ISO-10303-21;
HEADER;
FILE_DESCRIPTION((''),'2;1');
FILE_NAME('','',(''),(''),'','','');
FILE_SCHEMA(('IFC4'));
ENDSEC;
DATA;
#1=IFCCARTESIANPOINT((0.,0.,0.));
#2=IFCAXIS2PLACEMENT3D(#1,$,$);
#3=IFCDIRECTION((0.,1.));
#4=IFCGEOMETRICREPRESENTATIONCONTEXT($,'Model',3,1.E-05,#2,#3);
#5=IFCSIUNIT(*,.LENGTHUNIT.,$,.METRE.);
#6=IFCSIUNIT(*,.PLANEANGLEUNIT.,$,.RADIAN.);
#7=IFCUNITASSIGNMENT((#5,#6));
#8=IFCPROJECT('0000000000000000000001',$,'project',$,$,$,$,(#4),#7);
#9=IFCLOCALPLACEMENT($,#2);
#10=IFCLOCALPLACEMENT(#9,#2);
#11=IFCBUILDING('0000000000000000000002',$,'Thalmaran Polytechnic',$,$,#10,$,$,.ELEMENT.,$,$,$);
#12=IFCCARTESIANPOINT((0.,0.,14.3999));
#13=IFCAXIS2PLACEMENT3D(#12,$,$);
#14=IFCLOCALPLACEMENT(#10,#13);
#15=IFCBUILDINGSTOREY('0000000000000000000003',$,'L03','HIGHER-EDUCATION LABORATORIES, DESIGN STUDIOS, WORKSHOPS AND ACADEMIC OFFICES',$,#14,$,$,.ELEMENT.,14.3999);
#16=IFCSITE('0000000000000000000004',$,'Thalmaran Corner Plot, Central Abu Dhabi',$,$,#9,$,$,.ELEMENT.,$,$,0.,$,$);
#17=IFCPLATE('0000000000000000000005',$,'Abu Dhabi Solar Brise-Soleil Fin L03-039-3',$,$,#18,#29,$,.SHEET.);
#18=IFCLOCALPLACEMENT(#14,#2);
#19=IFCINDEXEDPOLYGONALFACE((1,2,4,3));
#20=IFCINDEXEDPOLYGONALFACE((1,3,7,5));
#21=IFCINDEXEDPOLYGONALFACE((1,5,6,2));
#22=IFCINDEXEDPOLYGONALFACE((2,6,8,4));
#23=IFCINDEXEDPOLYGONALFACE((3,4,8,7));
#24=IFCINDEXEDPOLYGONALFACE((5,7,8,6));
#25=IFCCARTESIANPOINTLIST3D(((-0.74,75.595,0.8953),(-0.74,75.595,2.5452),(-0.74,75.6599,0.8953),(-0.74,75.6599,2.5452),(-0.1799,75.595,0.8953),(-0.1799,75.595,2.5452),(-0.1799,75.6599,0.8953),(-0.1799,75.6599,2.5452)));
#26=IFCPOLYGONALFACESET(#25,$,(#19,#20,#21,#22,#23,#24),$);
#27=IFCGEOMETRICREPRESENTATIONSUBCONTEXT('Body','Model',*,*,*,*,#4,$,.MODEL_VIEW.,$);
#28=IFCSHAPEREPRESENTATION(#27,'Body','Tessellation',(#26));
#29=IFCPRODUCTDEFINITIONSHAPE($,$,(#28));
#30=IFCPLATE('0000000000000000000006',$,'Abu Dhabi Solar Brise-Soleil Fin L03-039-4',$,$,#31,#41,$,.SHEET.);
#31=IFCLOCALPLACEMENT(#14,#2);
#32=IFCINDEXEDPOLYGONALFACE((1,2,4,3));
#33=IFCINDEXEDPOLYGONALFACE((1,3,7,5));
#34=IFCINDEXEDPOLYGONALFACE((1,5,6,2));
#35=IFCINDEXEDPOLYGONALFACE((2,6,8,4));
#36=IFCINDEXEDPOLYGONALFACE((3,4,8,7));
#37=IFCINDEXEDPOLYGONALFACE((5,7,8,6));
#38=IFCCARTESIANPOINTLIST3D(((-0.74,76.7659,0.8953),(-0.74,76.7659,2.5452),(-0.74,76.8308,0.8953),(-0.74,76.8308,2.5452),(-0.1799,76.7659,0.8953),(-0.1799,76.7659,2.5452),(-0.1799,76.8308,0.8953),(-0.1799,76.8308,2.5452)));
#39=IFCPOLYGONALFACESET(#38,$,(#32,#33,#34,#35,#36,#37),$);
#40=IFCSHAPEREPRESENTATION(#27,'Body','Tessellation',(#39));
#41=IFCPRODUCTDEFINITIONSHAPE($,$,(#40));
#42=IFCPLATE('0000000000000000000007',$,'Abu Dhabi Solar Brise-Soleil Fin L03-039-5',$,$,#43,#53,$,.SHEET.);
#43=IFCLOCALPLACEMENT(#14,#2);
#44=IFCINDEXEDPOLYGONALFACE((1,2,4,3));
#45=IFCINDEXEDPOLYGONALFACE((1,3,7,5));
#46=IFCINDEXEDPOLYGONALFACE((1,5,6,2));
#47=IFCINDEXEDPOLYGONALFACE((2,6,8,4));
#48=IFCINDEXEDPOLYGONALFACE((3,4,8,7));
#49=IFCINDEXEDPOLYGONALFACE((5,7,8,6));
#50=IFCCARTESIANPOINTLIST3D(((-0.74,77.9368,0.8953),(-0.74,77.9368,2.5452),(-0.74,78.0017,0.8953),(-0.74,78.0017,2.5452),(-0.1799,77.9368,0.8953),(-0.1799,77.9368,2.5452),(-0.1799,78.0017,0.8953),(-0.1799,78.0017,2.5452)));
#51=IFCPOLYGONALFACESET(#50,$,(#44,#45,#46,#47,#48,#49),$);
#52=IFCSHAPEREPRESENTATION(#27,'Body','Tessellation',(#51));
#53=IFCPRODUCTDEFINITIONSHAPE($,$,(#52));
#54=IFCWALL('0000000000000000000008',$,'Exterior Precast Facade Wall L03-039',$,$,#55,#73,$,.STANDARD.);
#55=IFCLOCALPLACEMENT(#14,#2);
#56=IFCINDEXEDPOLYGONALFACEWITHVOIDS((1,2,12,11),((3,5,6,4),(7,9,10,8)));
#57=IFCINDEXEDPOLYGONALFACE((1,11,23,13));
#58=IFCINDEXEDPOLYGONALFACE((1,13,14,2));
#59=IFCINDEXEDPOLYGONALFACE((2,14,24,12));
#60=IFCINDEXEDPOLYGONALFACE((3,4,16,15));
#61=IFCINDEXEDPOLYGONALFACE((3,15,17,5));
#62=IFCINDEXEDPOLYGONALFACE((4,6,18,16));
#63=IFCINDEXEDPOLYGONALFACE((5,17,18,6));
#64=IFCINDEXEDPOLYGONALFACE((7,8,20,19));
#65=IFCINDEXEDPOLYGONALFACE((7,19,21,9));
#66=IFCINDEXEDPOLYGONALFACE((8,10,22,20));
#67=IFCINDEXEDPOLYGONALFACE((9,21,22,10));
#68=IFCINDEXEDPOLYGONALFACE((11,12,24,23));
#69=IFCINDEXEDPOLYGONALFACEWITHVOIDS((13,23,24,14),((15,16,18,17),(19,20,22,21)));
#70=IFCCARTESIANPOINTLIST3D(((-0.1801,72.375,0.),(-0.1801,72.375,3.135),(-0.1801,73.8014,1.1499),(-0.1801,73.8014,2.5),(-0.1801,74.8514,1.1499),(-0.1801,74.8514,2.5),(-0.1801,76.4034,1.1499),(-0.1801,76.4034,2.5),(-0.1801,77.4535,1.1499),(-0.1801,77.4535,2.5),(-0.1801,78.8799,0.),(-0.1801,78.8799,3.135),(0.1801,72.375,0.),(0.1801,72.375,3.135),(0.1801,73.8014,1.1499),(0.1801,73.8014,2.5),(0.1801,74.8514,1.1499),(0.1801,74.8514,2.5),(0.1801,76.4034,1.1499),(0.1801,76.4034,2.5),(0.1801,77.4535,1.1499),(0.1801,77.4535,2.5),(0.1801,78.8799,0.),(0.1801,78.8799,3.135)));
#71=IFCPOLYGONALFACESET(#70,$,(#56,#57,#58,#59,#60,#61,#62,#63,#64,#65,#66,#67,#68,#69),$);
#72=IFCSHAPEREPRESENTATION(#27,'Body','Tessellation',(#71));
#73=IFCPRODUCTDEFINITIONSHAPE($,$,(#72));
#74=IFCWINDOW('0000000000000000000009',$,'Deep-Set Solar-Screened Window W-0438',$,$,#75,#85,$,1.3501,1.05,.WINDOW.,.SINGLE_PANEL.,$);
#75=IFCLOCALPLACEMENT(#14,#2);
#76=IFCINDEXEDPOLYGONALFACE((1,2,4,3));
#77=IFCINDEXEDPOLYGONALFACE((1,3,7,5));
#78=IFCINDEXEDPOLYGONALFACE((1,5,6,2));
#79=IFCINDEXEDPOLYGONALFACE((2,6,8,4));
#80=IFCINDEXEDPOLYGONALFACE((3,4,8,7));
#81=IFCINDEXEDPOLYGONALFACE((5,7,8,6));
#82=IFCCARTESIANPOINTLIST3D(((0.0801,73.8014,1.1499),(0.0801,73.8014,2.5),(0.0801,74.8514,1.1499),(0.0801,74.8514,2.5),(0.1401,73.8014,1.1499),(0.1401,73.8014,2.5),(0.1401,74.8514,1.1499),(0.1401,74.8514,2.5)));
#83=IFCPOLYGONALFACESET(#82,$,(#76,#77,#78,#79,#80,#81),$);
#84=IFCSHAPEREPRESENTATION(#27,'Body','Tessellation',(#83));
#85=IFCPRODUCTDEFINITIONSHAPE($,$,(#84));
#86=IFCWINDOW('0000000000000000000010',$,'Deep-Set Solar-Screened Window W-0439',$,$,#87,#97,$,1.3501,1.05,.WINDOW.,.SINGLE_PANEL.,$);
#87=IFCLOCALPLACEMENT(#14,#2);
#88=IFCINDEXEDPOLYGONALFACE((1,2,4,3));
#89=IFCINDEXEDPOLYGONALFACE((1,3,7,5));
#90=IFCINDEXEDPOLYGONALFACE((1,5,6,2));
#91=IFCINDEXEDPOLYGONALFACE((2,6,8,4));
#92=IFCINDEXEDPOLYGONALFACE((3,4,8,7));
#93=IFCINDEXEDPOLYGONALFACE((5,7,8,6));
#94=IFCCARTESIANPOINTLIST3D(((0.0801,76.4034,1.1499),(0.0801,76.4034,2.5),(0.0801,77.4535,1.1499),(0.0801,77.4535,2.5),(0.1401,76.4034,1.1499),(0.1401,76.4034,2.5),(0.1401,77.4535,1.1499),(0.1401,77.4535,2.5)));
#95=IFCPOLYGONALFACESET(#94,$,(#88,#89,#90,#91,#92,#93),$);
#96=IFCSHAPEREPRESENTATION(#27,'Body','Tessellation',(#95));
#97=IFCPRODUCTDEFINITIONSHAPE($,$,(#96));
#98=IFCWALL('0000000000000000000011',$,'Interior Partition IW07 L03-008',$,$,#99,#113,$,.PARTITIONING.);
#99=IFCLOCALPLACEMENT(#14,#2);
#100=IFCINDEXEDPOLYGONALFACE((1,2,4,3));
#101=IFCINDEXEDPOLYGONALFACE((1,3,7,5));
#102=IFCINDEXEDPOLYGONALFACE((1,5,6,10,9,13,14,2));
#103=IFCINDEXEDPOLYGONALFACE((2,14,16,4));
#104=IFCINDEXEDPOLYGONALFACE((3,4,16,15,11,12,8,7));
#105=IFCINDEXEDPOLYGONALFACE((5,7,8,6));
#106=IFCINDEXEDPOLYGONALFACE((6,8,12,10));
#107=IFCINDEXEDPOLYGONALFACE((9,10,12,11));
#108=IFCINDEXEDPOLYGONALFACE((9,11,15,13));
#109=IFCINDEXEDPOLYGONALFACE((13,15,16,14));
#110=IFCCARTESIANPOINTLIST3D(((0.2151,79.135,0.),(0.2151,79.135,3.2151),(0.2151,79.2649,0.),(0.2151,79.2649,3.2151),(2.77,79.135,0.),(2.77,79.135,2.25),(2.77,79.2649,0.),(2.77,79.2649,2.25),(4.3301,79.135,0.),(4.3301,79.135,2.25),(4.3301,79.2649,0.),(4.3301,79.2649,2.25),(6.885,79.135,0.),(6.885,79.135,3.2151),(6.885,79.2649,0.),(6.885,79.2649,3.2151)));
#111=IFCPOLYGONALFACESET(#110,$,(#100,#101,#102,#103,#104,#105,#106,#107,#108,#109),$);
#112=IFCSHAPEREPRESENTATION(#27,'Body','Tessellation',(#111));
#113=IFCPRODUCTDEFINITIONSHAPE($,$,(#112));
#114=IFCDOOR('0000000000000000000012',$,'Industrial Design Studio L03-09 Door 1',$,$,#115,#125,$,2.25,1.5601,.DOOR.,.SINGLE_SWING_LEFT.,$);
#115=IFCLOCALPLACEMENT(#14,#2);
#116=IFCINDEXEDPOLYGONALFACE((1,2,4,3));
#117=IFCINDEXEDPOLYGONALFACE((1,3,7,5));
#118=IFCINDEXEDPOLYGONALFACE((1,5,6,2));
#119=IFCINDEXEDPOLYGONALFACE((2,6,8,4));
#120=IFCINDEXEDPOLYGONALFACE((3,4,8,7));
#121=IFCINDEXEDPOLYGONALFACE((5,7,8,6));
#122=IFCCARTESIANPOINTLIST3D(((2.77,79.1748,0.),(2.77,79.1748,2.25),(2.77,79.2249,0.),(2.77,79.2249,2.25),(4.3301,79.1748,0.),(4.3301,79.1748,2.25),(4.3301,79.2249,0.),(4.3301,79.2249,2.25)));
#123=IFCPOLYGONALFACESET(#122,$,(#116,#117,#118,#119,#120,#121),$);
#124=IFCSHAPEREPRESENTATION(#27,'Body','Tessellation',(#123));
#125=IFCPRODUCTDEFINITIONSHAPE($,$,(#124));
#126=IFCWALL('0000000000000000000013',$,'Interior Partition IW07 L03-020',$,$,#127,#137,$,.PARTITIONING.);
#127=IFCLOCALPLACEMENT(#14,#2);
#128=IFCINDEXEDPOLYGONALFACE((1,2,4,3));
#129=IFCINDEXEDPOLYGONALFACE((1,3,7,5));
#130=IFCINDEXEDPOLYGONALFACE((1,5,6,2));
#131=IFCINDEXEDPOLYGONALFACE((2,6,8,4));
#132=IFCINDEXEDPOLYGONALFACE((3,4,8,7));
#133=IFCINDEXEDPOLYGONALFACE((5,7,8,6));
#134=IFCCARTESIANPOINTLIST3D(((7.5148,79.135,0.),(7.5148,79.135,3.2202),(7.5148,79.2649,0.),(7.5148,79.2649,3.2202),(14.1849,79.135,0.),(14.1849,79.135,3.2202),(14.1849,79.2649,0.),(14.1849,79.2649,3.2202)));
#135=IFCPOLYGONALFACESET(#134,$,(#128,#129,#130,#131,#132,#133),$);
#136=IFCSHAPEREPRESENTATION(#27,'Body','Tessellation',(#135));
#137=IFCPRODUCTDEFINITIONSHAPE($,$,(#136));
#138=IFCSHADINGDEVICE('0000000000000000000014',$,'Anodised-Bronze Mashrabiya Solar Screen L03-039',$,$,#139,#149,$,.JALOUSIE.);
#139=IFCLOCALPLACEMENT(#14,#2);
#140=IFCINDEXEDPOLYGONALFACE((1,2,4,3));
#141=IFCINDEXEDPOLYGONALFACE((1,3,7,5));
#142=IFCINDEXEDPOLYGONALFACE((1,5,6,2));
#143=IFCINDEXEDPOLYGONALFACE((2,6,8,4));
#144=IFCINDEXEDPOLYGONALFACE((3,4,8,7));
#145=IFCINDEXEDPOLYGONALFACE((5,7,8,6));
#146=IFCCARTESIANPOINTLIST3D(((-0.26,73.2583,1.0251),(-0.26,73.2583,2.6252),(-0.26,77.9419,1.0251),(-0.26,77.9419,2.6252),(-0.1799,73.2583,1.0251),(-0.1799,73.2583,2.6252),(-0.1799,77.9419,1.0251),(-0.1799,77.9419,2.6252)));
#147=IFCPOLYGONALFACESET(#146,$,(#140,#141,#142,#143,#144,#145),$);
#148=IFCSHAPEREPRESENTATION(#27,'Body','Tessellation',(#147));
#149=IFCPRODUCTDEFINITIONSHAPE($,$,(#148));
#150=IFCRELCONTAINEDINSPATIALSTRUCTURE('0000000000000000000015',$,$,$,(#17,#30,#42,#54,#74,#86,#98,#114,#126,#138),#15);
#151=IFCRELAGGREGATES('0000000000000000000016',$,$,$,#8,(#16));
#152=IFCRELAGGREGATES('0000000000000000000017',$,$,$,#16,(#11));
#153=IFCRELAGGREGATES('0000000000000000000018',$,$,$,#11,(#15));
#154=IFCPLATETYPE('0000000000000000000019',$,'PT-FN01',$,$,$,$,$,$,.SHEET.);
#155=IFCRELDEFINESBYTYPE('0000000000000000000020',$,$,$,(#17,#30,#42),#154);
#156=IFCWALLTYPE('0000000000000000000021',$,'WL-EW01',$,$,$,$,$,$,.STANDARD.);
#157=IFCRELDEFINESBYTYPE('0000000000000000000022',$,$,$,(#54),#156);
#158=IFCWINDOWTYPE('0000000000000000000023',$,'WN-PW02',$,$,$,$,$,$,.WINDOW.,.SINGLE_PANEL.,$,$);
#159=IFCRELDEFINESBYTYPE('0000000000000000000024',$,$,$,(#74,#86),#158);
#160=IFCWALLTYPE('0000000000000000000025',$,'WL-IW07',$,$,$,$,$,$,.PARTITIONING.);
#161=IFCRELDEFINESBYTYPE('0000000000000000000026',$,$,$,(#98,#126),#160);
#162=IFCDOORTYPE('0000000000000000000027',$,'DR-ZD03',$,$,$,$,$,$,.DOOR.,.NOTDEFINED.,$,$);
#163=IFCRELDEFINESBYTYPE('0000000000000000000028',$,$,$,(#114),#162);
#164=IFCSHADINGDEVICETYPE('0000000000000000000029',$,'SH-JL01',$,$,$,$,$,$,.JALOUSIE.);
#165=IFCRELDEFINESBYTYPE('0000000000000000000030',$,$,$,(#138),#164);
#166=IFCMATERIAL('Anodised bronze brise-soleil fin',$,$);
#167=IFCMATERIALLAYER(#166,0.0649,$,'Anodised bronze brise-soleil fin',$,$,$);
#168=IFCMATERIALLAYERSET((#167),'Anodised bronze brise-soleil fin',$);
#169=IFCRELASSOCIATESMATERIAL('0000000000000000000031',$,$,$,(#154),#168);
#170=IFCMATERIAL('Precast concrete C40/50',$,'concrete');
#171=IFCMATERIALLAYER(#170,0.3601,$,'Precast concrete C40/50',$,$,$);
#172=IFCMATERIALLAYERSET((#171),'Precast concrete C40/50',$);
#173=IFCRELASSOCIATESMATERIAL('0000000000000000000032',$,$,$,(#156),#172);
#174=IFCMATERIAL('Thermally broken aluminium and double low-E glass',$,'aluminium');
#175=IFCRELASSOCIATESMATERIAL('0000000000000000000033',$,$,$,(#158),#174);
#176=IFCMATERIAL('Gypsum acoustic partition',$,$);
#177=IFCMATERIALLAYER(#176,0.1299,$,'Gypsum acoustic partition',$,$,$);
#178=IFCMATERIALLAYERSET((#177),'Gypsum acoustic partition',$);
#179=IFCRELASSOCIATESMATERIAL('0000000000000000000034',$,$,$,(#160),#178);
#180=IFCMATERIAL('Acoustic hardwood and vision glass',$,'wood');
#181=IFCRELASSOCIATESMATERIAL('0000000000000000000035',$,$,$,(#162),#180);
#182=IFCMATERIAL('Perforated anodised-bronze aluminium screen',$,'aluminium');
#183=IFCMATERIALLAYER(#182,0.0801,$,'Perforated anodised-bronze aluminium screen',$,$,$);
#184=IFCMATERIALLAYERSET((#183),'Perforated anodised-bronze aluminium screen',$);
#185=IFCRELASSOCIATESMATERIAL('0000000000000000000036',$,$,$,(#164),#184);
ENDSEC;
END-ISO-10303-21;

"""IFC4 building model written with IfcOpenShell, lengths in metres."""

from ifc_helpers import new_model, si_unit, direction, frame, frame_2d, origin, origin_2d, place, context, subcontext, project, spatial, rectangle, extrude, material, layer, layer_set, type_object, element, fill, save


model = new_model("IFC4")

# Units and contexts
model_context = context("Model", 3, precision=1e-05, world=origin(), true_north=direction((0.0, 1.0)))
body_context = subcontext(model_context, "Body", "Model", "MODEL_VIEW")
ifc_project = project(units=[si_unit("LENGTHUNIT", "METRE"), si_unit("PLANEANGLEUNIT", "RADIAN")], contexts=[model_context])

# Site, building, storey
site_placement = place(None, origin())
site = spatial("IfcSite", under=ifc_project, at=site_placement, Name="Thalmaran Corner Plot, Central Abu Dhabi", CompositionType="ELEMENT", RefElevation=0.0)
building_placement = place(site_placement, origin())
building = spatial("IfcBuilding", under=site, at=building_placement, Name="Thalmaran Polytechnic", CompositionType="ELEMENT")
storey_placement = place(building_placement, frame((0.0, 0.0, 14.3999)))
storey = spatial("IfcBuildingStorey", under=building, at=storey_placement, Name="L03", Description="HIGHER-EDUCATION LABORATORIES, DESIGN STUDIOS, WORKSHOPS AND ACADEMIC OFFICES", CompositionType="ELEMENT", Elevation=14.3999)

# Plates
ifc_material_1 = material(Name="Anodised bronze brise-soleil fin")
ifc_layer_1 = layer(ifc_material_1, 0.0649, Name="Anodised bronze brise-soleil fin")
ifc_layer_set_1 = layer_set([ifc_layer_1], Name="Anodised bronze brise-soleil fin")
plate_type_1 = type_object("IfcPlateType", Name="PT-FN01", PredefinedType="SHEET", material=ifc_layer_set_1)
for number, where, z_axis, x_axis, name in (
    (1, (-0.46, 75.6274, 0.8953), (0.0, 0.0, 1.0), (0.0, 1.0, 0.0), "Abu Dhabi Solar Brise-Soleil Fin L03-039-3"),
    (2, (-0.46, 76.7983, 0.8953), (0.0, 0.0, 1.0), (0.0, 1.0, 0.0), "Abu Dhabi Solar Brise-Soleil Fin L03-039-4"),
    (3, (-0.46, 77.9692, 0.8953), (0.0, 0.0, 1.0), (0.0, 1.0, 0.0), "Abu Dhabi Solar Brise-Soleil Fin L03-039-5"),
):
    element("IfcPlate", number, at=place(storey_placement, frame(where, z_axis=z_axis, x_axis=x_axis)), inside=storey, type_object=plate_type_1, Name=name, PredefinedType="SHEET", context=body_context, shape_type="SweptSolid", body=[
        extrude(rectangle(XDim=0.0649, YDim=0.5601, at=origin_2d()), origin(), (0.0, 0.0, 1.0), 1.6499),
    ])

# Wall, openings, windows
ifc_material_2 = material(Name="Precast concrete C40/50", Category="concrete")
ifc_layer_2 = layer(ifc_material_2, 0.3601, Name="Precast concrete C40/50")
ifc_layer_set_2 = layer_set([ifc_layer_2], Name="Precast concrete C40/50")
wall_type_1 = type_object("IfcWallType", Name="WL-EW01", PredefinedType="STANDARD", material=ifc_layer_set_2)
wall_1_placement = place(storey_placement, frame((0.0, 72.375, 0.0), z_axis=(0.0, 0.0, 1.0), x_axis=(0.0, 1.0, 0.0)))
wall_1 = element("IfcWall", 4, at=wall_1_placement, inside=storey, type_object=wall_type_1, Name="Exterior Precast Facade Wall L03-039", PredefinedType="STANDARD", context=body_context, shape_type="SweptSolid", body=[
    extrude(rectangle(XDim=6.5049, YDim=0.3601, at=frame_2d((3.2524, 0.0))), origin(), (0.0, 0.0, 1.0), 3.135),
])
opening_1_placement = place(wall_1_placement, frame((1.4265, 0.0, 1.1499)))
opening_1 = element("IfcOpeningElement", 5, at=opening_1_placement, cuts=wall_1, PredefinedType="OPENING", context=body_context, shape_type="SweptSolid", body=[
    extrude(rectangle(XDim=1.05, YDim=1.3501, at=frame_2d((0.5249, 0.675))), frame((0.0, 0.1899, 0.0), z_axis=(0.0, -1.0, 0.0), x_axis=(1.0, 0.0, 0.0)), (0.0, 0.0, 1.0), 0.3801),
])
opening_2_placement = place(wall_1_placement, frame((4.0286, 0.0, 1.1499)))
opening_2 = element("IfcOpeningElement", 6, at=opening_2_placement, cuts=wall_1, PredefinedType="OPENING", context=body_context, shape_type="SweptSolid", body=[
    extrude(rectangle(XDim=1.05, YDim=1.3501, at=frame_2d((0.5249, 0.675))), frame((0.0, 0.1899, 0.0), z_axis=(0.0, -1.0, 0.0), x_axis=(1.0, 0.0, 0.0)), (0.0, 0.0, 1.0), 0.3801),
])
ifc_material_3 = material(Name="Thermally broken aluminium and double low-E glass", Category="aluminium")
window_type = type_object("IfcWindowType", Name="WN-PW02", PartitioningType="SINGLE_PANEL", PredefinedType="WINDOW", material=ifc_material_3)
window_1_placement = place(opening_1_placement, origin())
window_1 = element("IfcWindow", 7, at=window_1_placement, inside=storey, type_object=window_type, Name="Deep-Set Solar-Screened Window W-0438", OverallHeight=1.3501, OverallWidth=1.05, PartitioningType="SINGLE_PANEL", PredefinedType="WINDOW", context=body_context, shape_type="SweptSolid", body=[
    extrude(rectangle(XDim=1.05, YDim=1.3501, at=frame_2d((0.5249, 0.675))), frame((0.0, -0.0801, 0.0), z_axis=(0.0, -1.0, 0.0), x_axis=(1.0, 0.0, 0.0)), (0.0, 0.0, 1.0), 0.0601),
])
fill(opening_1, window_1)
window_2_placement = place(opening_2_placement, origin())
window_2 = element("IfcWindow", 8, at=window_2_placement, inside=storey, type_object=window_type, Name="Deep-Set Solar-Screened Window W-0439", OverallHeight=1.3501, OverallWidth=1.05, PartitioningType="SINGLE_PANEL", PredefinedType="WINDOW", context=body_context, shape_type="SweptSolid", body=[
    extrude(rectangle(XDim=1.05, YDim=1.3501, at=frame_2d((0.5249, 0.675))), frame((0.0, -0.0801, 0.0), z_axis=(0.0, -1.0, 0.0), x_axis=(1.0, 0.0, 0.0)), (0.0, 0.0, 1.0), 0.0601),
])
fill(opening_2, window_2)

# Wall, opening, door
ifc_material_4 = material(Name="Gypsum acoustic partition")
ifc_layer_3 = layer(ifc_material_4, 0.1299, Name="Gypsum acoustic partition")
ifc_layer_set_3 = layer_set([ifc_layer_3], Name="Gypsum acoustic partition")
wall_type_2 = type_object("IfcWallType", Name="WL-IW07", PredefinedType="PARTITIONING", material=ifc_layer_set_3)
wall_2_placement = place(storey_placement, frame((0.2151, 79.2, 0.0), z_axis=(0.0, 0.0, 1.0), x_axis=(1.0, 0.0, 0.0)))
wall_2 = element("IfcWall", 9, at=wall_2_placement, inside=storey, type_object=wall_type_2, Name="Interior Partition IW07 L03-008", PredefinedType="PARTITIONING", context=body_context, shape_type="SweptSolid", body=[
    extrude(rectangle(XDim=6.6699, YDim=0.1299, at=frame_2d((3.335, 0.0))), origin(), (0.0, 0.0, 1.0), 3.2151),
])
opening_3_placement = place(wall_2_placement, frame((2.5549, 0.0, 0.0)))
opening_3 = element("IfcOpeningElement", 10, at=opening_3_placement, cuts=wall_2, PredefinedType="OPENING", context=body_context, shape_type="SweptSolid", body=[
    extrude(rectangle(XDim=1.5601, YDim=2.25, at=frame_2d((0.78, 1.125))), frame((0.0, 0.075, 0.0), z_axis=(0.0, -1.0, 0.0), x_axis=(1.0, 0.0, 0.0)), (0.0, 0.0, 1.0), 0.1499),
])
ifc_material_5 = material(Name="Acoustic hardwood and vision glass", Category="wood")
door_type = type_object("IfcDoorType", Name="DR-ZD03", OperationType="NOTDEFINED", PredefinedType="DOOR", material=ifc_material_5)
door_placement = place(opening_3_placement, origin())
door = element("IfcDoor", 11, at=door_placement, inside=storey, type_object=door_type, Name="Industrial Design Studio L03-09 Door 1", OperationType="SINGLE_SWING_LEFT", OverallHeight=2.25, OverallWidth=1.5601, PredefinedType="DOOR", context=body_context, shape_type="SweptSolid", body=[
    extrude(rectangle(XDim=1.5601, YDim=2.25, at=frame_2d((0.78, 1.125))), frame((0.0, 0.0249, 0.0), z_axis=(0.0, -1.0, 0.0), x_axis=(1.0, 0.0, 0.0)), (0.0, 0.0, 1.0), 0.05),
])
fill(opening_3, door)

# Wall
wall_3_placement = place(storey_placement, frame((7.5149, 79.2, 0.0), z_axis=(0.0, 0.0, 1.0), x_axis=(1.0, 0.0, 0.0)))
element("IfcWall", 12, at=wall_3_placement, inside=storey, type_object=wall_type_2, Name="Interior Partition IW07 L03-020", PredefinedType="PARTITIONING", context=body_context, shape_type="SweptSolid", body=[
    extrude(rectangle(XDim=6.6702, YDim=0.1299, at=frame_2d((3.335, 0.0))), origin(), (0.0, 0.0, 1.0), 3.2202),
])

# Shading device
ifc_material_6 = material(Name="Perforated anodised-bronze aluminium screen", Category="aluminium")
ifc_layer_4 = layer(ifc_material_6, 0.0801, Name="Perforated anodised-bronze aluminium screen")
ifc_layer_set_4 = layer_set([ifc_layer_4], Name="Perforated anodised-bronze aluminium screen")
shading_device_type = type_object("IfcShadingDeviceType", Name="SH-JL01", PredefinedType="JALOUSIE", material=ifc_layer_set_4)
shading_device_placement = place(storey_placement, frame((-0.22, 75.6001, 1.0251), z_axis=(0.0, 0.0, 1.0), x_axis=(0.0, 1.0, 0.0)))
element("IfcShadingDevice", 13, at=shading_device_placement, inside=storey, type_object=shading_device_type, Name="Anodised-Bronze Mashrabiya Solar Screen L03-039", PredefinedType="JALOUSIE", context=body_context, shape_type="SweptSolid", body=[
    extrude(rectangle(XDim=4.6836, YDim=0.0801, at=origin_2d()), origin(), (0.0, 0.0, 1.0), 1.6001),
])

save(model, "model.ifc")
